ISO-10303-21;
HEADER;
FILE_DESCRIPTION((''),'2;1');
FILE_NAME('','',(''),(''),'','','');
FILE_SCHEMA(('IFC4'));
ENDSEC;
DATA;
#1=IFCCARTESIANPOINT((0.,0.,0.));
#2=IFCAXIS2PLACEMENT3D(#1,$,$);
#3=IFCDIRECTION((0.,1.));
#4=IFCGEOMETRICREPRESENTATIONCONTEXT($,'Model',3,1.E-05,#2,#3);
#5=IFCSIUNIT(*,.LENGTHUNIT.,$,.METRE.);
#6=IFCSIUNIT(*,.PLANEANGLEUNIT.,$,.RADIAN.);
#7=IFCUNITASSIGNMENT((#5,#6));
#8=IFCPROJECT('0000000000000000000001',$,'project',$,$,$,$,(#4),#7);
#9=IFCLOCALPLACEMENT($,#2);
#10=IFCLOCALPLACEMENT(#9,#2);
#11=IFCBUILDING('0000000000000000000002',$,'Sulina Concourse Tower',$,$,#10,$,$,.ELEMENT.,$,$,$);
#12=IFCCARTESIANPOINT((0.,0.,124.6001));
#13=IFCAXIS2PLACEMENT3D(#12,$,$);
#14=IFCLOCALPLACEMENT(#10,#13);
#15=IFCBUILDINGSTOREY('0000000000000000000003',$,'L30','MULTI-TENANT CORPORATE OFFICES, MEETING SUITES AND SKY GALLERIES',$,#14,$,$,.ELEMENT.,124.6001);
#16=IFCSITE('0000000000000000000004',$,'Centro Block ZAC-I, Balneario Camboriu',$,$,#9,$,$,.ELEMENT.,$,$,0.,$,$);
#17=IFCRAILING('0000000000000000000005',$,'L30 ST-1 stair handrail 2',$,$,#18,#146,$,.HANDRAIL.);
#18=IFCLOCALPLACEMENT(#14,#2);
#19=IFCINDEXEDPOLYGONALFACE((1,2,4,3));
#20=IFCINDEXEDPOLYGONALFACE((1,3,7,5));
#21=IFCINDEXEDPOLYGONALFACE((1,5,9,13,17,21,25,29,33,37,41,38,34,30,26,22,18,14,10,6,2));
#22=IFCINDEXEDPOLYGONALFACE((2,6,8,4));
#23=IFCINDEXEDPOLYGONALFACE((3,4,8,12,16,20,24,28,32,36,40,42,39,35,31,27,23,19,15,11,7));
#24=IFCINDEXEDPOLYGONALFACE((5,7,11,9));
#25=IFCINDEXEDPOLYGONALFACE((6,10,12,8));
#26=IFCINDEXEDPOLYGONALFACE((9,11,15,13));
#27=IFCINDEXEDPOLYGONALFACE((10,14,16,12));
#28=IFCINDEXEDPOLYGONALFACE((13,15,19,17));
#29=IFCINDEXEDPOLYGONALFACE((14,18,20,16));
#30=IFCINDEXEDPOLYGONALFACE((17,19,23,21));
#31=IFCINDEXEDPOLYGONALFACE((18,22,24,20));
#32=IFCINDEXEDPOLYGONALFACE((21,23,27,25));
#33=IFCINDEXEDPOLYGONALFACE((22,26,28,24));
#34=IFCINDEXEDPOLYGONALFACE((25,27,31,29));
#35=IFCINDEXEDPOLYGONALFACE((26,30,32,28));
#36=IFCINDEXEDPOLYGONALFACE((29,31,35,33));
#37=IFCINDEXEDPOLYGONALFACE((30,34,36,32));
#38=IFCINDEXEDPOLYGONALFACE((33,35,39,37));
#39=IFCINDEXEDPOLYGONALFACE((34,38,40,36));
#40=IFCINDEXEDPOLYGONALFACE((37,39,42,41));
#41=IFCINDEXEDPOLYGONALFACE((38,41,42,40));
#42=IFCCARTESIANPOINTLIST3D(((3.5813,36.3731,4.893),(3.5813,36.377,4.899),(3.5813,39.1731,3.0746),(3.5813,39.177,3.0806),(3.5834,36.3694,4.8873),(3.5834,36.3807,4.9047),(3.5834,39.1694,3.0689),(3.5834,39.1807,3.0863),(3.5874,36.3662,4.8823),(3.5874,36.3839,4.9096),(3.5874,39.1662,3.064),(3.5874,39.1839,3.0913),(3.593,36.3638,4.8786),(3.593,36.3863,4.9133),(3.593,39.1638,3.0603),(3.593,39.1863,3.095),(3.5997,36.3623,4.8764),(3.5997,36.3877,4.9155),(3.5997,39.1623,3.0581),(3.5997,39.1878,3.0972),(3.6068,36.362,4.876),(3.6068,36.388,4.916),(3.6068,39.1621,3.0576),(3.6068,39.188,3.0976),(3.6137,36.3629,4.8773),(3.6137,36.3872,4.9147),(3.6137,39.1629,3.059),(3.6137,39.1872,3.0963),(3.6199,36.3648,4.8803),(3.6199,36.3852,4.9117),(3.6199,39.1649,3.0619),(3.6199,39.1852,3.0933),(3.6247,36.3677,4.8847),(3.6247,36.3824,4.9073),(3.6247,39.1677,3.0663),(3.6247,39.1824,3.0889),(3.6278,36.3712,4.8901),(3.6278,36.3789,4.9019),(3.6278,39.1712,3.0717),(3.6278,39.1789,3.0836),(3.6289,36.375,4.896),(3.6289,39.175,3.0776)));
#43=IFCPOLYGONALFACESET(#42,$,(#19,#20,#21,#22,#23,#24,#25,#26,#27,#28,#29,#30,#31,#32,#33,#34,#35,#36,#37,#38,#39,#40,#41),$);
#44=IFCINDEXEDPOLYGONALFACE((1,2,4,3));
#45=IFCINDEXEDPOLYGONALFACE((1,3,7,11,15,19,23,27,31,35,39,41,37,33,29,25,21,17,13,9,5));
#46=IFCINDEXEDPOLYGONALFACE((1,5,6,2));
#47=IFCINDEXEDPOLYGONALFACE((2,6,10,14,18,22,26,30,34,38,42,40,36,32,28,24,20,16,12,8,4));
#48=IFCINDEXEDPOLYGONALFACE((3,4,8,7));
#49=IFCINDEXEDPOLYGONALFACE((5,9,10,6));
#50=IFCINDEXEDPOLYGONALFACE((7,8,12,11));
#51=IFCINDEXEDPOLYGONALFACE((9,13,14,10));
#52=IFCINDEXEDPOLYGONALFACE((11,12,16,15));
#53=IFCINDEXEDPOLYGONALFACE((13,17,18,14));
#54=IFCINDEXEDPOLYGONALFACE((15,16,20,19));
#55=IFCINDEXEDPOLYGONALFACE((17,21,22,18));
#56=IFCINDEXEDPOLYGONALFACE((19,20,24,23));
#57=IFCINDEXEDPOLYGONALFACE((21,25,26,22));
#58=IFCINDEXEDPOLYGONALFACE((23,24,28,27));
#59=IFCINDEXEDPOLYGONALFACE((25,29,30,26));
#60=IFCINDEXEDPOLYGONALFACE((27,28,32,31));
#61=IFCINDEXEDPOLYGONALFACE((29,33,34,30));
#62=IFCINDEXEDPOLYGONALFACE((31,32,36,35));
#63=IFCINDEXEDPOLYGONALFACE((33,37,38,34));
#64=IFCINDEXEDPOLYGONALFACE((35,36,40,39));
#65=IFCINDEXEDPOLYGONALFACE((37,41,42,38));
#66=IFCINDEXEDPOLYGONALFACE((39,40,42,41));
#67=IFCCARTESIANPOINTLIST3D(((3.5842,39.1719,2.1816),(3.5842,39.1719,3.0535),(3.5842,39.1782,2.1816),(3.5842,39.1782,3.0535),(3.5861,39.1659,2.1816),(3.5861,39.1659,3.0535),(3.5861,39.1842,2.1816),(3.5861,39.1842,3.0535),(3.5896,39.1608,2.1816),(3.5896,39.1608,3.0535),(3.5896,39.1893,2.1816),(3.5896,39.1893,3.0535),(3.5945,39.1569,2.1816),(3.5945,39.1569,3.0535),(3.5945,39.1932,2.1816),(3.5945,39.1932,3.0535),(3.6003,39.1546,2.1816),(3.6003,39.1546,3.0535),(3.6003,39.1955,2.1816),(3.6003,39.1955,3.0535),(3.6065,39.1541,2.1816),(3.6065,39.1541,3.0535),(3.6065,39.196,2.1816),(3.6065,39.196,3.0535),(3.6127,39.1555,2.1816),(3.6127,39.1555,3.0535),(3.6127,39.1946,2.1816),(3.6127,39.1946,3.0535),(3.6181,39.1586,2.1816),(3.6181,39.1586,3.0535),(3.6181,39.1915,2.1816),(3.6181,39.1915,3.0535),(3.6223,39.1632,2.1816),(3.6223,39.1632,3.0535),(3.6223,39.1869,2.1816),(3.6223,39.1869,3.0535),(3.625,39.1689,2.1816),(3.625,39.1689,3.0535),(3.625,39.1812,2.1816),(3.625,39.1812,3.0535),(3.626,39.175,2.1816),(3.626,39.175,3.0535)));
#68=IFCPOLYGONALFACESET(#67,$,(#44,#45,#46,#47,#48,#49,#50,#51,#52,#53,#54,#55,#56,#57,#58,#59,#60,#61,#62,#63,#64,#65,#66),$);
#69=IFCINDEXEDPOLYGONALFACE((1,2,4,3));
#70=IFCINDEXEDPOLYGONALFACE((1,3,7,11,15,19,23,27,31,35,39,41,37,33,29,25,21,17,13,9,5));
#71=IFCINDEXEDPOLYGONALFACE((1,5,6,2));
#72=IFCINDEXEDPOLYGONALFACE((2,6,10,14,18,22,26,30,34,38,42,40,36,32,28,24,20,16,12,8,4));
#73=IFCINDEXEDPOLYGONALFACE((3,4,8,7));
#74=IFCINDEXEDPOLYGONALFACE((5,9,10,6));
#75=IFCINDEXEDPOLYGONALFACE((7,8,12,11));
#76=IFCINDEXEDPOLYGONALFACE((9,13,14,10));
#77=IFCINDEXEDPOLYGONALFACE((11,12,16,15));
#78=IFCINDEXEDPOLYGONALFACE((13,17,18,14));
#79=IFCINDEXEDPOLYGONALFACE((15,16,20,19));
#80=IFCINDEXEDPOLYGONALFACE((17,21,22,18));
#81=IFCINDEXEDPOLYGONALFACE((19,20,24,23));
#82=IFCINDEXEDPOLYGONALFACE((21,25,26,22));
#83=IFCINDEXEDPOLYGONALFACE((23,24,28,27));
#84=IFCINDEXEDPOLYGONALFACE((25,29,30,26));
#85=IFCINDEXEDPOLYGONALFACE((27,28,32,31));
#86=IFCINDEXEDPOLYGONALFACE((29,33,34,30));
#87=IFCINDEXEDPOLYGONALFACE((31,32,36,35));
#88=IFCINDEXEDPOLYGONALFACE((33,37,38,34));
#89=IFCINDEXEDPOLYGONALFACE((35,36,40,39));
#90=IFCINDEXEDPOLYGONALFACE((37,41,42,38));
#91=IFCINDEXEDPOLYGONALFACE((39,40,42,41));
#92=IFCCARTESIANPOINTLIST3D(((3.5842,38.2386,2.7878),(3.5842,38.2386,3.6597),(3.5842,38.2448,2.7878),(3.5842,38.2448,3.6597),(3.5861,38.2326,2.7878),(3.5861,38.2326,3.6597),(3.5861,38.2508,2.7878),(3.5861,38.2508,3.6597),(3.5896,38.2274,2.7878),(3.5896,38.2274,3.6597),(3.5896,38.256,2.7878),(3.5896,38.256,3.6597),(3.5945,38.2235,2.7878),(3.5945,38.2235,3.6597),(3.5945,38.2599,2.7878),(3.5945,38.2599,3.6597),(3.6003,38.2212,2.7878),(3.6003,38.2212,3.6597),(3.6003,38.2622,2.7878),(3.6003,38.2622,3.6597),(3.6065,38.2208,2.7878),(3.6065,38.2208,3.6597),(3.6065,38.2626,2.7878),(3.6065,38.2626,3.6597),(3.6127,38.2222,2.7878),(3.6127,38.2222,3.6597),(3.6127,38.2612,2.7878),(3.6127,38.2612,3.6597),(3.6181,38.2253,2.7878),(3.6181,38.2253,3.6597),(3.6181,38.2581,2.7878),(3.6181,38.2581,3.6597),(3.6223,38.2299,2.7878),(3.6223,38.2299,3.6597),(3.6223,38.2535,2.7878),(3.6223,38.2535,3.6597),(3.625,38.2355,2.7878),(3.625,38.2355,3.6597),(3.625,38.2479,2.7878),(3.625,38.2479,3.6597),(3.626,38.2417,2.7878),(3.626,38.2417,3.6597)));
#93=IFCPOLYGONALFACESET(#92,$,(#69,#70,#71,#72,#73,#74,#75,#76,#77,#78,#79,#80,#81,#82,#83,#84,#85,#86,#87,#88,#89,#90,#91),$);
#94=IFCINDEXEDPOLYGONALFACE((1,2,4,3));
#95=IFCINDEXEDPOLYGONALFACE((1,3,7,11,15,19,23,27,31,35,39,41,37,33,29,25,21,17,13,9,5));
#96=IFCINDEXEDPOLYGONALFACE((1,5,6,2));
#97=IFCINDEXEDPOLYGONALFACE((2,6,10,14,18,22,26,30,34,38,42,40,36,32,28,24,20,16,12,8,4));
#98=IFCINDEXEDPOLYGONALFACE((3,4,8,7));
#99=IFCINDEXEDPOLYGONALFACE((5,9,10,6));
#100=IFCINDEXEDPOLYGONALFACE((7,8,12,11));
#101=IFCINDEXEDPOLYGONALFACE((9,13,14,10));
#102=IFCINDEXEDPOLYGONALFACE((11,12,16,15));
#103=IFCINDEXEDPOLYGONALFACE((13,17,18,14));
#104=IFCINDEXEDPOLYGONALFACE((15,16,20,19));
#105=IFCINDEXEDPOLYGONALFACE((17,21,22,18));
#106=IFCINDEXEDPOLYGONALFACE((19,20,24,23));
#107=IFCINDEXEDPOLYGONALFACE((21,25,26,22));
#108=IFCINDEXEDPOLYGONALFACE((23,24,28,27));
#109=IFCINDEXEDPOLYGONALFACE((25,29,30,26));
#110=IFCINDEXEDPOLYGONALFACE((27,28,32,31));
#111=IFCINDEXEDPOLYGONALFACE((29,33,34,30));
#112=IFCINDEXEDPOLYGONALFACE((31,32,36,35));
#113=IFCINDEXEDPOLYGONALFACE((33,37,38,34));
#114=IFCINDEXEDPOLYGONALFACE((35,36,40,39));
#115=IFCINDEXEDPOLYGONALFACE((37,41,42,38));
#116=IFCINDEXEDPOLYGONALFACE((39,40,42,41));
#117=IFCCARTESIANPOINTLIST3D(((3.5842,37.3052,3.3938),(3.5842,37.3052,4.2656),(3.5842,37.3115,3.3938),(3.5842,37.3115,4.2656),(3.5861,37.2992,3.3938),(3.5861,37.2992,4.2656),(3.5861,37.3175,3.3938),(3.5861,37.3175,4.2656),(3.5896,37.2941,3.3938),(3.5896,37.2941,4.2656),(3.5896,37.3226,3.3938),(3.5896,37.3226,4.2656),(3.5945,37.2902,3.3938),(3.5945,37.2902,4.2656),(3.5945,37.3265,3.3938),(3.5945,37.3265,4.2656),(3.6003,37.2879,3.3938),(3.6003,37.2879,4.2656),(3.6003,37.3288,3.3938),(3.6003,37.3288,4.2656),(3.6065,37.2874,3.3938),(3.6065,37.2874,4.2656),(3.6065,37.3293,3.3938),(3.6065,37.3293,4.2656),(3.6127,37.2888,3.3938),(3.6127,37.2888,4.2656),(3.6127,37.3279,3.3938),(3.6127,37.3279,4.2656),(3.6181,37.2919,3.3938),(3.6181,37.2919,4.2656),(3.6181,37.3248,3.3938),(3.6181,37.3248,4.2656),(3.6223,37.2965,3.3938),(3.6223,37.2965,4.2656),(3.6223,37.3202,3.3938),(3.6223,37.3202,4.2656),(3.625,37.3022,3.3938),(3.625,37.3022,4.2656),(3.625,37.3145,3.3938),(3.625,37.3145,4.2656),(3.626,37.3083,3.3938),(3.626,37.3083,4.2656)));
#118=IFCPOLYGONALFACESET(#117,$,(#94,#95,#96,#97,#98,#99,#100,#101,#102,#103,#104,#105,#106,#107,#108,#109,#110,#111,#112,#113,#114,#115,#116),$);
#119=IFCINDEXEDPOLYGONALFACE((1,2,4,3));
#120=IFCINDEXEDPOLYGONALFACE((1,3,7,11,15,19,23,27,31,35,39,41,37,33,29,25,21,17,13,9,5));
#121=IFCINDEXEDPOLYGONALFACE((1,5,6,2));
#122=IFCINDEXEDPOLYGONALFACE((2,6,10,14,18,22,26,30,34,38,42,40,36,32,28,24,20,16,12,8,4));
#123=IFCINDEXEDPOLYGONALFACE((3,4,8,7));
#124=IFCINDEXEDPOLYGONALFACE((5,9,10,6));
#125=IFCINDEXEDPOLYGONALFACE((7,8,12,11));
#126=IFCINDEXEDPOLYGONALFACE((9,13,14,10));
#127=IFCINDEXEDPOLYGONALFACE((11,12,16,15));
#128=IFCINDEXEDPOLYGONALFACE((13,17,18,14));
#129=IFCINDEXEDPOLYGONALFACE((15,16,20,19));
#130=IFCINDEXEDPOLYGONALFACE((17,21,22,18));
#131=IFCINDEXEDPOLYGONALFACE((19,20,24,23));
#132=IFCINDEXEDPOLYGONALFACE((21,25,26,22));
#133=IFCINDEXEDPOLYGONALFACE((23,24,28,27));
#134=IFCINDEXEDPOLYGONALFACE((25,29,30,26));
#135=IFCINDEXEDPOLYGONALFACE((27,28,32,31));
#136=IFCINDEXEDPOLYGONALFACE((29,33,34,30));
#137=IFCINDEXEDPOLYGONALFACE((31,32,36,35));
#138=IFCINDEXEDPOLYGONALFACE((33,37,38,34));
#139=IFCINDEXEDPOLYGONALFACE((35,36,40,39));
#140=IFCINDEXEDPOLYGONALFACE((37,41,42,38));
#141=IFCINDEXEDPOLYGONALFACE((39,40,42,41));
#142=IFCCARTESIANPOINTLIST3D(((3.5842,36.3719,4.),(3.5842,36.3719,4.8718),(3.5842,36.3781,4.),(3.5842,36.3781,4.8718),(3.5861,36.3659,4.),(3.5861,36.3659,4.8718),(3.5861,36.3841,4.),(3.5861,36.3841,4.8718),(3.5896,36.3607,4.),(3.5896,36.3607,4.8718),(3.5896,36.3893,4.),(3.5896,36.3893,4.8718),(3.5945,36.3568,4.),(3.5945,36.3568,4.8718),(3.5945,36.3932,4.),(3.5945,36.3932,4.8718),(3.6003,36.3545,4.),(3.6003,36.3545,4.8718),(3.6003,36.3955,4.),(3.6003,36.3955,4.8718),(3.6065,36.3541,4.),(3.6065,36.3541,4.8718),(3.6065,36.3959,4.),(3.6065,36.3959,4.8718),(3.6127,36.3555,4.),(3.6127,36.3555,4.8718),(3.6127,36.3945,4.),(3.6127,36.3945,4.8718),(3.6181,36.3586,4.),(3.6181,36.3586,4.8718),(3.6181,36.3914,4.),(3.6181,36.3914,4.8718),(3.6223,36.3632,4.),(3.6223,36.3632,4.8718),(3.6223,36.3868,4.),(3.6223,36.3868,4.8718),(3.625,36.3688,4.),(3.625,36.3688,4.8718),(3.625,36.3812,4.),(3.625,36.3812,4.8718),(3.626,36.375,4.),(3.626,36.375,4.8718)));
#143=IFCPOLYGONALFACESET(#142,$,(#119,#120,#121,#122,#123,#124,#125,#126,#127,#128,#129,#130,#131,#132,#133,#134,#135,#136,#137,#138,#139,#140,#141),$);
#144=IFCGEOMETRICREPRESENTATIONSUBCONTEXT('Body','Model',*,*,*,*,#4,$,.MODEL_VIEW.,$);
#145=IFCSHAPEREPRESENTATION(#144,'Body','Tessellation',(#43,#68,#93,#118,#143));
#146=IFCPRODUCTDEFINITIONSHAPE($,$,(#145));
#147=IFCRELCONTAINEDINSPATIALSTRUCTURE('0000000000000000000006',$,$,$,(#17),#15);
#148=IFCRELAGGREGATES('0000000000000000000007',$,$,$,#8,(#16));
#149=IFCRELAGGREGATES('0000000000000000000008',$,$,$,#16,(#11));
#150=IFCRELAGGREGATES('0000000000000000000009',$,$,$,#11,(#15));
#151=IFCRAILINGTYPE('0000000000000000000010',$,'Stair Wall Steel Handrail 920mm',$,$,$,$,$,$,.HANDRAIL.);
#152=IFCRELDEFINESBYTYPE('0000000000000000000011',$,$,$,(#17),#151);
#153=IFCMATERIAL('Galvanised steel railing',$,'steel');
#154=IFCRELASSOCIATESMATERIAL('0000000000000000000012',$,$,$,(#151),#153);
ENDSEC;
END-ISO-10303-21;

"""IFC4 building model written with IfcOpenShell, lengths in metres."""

from ifc_helpers import new_model, si_unit, direction, frame, origin, origin_2d, place, context, subcontext, project, spatial, circle, extrude, material, type_object, element, save


model = new_model("IFC4")

# Units and contexts
model_context = context("Model", 3, precision=1e-05, world=origin(), true_north=direction((0.0, 1.0)))
body_context = subcontext(model_context, "Body", "Model", "MODEL_VIEW")
ifc_project = project(units=[si_unit("LENGTHUNIT", "METRE"), si_unit("PLANEANGLEUNIT", "RADIAN")], contexts=[model_context])

# Site, building, storey
site_placement = place(None, origin())
site = spatial("IfcSite", under=ifc_project, at=site_placement, Name="Centro Block ZAC-I, Balneario Camboriu", CompositionType="ELEMENT", RefElevation=0.0)
building_placement = place(site_placement, origin())
building = spatial("IfcBuilding", under=site, at=building_placement, Name="Sulina Concourse Tower", CompositionType="ELEMENT")
storey_placement = place(building_placement, frame((0.0, 0.0, 124.6001)))
storey = spatial("IfcBuildingStorey", under=building, at=storey_placement, Name="L30", Description="MULTI-TENANT CORPORATE OFFICES, MEETING SUITES AND SKY GALLERIES", CompositionType="ELEMENT", Elevation=124.6001)

# Railing
ifc_material_1 = material(Name="Galvanised steel railing", Category="steel")
railing_type_1 = type_object("IfcRailingType", Name="Stair Wall Steel Handrail 920mm", PredefinedType="HANDRAIL", material=ifc_material_1)
railing_1_placement = place(storey_placement, frame((3.605, 39.175, 2.1816)))
element("IfcRailing", 1, at=railing_1_placement, inside=storey, type_object=railing_type_1, Name="L30 ST-1 stair handrail 2", PredefinedType="HANDRAIL", context=body_context, shape_type="SweptSolid", body=[
    extrude(circle(Radius=0.0239, at=origin_2d()), frame((0.0, 0.0, 0.896), z_axis=(0.0, -0.838672, 0.544636), x_axis=(1.0, 0.0, 0.0)), (0.0, 0.0, 1.0), 3.3386),
    extrude(circle(Radius=0.021, at=origin_2d()), origin(), (0.0, 0.0, 1.0), 0.8718),
    extrude(circle(Radius=0.021, at=origin_2d()), frame((0.0, -0.9333, 0.6062)), (0.0, 0.0, 1.0), 0.8718),
    extrude(circle(Radius=0.021, at=origin_2d()), frame((0.0, -1.8667, 1.2122)), (0.0, 0.0, 1.0), 0.8718),
    extrude(circle(Radius=0.021, at=origin_2d()), frame((0.0, -2.8, 1.8184)), (0.0, 0.0, 1.0), 0.8718),
])

save(model, "model.ifc")
